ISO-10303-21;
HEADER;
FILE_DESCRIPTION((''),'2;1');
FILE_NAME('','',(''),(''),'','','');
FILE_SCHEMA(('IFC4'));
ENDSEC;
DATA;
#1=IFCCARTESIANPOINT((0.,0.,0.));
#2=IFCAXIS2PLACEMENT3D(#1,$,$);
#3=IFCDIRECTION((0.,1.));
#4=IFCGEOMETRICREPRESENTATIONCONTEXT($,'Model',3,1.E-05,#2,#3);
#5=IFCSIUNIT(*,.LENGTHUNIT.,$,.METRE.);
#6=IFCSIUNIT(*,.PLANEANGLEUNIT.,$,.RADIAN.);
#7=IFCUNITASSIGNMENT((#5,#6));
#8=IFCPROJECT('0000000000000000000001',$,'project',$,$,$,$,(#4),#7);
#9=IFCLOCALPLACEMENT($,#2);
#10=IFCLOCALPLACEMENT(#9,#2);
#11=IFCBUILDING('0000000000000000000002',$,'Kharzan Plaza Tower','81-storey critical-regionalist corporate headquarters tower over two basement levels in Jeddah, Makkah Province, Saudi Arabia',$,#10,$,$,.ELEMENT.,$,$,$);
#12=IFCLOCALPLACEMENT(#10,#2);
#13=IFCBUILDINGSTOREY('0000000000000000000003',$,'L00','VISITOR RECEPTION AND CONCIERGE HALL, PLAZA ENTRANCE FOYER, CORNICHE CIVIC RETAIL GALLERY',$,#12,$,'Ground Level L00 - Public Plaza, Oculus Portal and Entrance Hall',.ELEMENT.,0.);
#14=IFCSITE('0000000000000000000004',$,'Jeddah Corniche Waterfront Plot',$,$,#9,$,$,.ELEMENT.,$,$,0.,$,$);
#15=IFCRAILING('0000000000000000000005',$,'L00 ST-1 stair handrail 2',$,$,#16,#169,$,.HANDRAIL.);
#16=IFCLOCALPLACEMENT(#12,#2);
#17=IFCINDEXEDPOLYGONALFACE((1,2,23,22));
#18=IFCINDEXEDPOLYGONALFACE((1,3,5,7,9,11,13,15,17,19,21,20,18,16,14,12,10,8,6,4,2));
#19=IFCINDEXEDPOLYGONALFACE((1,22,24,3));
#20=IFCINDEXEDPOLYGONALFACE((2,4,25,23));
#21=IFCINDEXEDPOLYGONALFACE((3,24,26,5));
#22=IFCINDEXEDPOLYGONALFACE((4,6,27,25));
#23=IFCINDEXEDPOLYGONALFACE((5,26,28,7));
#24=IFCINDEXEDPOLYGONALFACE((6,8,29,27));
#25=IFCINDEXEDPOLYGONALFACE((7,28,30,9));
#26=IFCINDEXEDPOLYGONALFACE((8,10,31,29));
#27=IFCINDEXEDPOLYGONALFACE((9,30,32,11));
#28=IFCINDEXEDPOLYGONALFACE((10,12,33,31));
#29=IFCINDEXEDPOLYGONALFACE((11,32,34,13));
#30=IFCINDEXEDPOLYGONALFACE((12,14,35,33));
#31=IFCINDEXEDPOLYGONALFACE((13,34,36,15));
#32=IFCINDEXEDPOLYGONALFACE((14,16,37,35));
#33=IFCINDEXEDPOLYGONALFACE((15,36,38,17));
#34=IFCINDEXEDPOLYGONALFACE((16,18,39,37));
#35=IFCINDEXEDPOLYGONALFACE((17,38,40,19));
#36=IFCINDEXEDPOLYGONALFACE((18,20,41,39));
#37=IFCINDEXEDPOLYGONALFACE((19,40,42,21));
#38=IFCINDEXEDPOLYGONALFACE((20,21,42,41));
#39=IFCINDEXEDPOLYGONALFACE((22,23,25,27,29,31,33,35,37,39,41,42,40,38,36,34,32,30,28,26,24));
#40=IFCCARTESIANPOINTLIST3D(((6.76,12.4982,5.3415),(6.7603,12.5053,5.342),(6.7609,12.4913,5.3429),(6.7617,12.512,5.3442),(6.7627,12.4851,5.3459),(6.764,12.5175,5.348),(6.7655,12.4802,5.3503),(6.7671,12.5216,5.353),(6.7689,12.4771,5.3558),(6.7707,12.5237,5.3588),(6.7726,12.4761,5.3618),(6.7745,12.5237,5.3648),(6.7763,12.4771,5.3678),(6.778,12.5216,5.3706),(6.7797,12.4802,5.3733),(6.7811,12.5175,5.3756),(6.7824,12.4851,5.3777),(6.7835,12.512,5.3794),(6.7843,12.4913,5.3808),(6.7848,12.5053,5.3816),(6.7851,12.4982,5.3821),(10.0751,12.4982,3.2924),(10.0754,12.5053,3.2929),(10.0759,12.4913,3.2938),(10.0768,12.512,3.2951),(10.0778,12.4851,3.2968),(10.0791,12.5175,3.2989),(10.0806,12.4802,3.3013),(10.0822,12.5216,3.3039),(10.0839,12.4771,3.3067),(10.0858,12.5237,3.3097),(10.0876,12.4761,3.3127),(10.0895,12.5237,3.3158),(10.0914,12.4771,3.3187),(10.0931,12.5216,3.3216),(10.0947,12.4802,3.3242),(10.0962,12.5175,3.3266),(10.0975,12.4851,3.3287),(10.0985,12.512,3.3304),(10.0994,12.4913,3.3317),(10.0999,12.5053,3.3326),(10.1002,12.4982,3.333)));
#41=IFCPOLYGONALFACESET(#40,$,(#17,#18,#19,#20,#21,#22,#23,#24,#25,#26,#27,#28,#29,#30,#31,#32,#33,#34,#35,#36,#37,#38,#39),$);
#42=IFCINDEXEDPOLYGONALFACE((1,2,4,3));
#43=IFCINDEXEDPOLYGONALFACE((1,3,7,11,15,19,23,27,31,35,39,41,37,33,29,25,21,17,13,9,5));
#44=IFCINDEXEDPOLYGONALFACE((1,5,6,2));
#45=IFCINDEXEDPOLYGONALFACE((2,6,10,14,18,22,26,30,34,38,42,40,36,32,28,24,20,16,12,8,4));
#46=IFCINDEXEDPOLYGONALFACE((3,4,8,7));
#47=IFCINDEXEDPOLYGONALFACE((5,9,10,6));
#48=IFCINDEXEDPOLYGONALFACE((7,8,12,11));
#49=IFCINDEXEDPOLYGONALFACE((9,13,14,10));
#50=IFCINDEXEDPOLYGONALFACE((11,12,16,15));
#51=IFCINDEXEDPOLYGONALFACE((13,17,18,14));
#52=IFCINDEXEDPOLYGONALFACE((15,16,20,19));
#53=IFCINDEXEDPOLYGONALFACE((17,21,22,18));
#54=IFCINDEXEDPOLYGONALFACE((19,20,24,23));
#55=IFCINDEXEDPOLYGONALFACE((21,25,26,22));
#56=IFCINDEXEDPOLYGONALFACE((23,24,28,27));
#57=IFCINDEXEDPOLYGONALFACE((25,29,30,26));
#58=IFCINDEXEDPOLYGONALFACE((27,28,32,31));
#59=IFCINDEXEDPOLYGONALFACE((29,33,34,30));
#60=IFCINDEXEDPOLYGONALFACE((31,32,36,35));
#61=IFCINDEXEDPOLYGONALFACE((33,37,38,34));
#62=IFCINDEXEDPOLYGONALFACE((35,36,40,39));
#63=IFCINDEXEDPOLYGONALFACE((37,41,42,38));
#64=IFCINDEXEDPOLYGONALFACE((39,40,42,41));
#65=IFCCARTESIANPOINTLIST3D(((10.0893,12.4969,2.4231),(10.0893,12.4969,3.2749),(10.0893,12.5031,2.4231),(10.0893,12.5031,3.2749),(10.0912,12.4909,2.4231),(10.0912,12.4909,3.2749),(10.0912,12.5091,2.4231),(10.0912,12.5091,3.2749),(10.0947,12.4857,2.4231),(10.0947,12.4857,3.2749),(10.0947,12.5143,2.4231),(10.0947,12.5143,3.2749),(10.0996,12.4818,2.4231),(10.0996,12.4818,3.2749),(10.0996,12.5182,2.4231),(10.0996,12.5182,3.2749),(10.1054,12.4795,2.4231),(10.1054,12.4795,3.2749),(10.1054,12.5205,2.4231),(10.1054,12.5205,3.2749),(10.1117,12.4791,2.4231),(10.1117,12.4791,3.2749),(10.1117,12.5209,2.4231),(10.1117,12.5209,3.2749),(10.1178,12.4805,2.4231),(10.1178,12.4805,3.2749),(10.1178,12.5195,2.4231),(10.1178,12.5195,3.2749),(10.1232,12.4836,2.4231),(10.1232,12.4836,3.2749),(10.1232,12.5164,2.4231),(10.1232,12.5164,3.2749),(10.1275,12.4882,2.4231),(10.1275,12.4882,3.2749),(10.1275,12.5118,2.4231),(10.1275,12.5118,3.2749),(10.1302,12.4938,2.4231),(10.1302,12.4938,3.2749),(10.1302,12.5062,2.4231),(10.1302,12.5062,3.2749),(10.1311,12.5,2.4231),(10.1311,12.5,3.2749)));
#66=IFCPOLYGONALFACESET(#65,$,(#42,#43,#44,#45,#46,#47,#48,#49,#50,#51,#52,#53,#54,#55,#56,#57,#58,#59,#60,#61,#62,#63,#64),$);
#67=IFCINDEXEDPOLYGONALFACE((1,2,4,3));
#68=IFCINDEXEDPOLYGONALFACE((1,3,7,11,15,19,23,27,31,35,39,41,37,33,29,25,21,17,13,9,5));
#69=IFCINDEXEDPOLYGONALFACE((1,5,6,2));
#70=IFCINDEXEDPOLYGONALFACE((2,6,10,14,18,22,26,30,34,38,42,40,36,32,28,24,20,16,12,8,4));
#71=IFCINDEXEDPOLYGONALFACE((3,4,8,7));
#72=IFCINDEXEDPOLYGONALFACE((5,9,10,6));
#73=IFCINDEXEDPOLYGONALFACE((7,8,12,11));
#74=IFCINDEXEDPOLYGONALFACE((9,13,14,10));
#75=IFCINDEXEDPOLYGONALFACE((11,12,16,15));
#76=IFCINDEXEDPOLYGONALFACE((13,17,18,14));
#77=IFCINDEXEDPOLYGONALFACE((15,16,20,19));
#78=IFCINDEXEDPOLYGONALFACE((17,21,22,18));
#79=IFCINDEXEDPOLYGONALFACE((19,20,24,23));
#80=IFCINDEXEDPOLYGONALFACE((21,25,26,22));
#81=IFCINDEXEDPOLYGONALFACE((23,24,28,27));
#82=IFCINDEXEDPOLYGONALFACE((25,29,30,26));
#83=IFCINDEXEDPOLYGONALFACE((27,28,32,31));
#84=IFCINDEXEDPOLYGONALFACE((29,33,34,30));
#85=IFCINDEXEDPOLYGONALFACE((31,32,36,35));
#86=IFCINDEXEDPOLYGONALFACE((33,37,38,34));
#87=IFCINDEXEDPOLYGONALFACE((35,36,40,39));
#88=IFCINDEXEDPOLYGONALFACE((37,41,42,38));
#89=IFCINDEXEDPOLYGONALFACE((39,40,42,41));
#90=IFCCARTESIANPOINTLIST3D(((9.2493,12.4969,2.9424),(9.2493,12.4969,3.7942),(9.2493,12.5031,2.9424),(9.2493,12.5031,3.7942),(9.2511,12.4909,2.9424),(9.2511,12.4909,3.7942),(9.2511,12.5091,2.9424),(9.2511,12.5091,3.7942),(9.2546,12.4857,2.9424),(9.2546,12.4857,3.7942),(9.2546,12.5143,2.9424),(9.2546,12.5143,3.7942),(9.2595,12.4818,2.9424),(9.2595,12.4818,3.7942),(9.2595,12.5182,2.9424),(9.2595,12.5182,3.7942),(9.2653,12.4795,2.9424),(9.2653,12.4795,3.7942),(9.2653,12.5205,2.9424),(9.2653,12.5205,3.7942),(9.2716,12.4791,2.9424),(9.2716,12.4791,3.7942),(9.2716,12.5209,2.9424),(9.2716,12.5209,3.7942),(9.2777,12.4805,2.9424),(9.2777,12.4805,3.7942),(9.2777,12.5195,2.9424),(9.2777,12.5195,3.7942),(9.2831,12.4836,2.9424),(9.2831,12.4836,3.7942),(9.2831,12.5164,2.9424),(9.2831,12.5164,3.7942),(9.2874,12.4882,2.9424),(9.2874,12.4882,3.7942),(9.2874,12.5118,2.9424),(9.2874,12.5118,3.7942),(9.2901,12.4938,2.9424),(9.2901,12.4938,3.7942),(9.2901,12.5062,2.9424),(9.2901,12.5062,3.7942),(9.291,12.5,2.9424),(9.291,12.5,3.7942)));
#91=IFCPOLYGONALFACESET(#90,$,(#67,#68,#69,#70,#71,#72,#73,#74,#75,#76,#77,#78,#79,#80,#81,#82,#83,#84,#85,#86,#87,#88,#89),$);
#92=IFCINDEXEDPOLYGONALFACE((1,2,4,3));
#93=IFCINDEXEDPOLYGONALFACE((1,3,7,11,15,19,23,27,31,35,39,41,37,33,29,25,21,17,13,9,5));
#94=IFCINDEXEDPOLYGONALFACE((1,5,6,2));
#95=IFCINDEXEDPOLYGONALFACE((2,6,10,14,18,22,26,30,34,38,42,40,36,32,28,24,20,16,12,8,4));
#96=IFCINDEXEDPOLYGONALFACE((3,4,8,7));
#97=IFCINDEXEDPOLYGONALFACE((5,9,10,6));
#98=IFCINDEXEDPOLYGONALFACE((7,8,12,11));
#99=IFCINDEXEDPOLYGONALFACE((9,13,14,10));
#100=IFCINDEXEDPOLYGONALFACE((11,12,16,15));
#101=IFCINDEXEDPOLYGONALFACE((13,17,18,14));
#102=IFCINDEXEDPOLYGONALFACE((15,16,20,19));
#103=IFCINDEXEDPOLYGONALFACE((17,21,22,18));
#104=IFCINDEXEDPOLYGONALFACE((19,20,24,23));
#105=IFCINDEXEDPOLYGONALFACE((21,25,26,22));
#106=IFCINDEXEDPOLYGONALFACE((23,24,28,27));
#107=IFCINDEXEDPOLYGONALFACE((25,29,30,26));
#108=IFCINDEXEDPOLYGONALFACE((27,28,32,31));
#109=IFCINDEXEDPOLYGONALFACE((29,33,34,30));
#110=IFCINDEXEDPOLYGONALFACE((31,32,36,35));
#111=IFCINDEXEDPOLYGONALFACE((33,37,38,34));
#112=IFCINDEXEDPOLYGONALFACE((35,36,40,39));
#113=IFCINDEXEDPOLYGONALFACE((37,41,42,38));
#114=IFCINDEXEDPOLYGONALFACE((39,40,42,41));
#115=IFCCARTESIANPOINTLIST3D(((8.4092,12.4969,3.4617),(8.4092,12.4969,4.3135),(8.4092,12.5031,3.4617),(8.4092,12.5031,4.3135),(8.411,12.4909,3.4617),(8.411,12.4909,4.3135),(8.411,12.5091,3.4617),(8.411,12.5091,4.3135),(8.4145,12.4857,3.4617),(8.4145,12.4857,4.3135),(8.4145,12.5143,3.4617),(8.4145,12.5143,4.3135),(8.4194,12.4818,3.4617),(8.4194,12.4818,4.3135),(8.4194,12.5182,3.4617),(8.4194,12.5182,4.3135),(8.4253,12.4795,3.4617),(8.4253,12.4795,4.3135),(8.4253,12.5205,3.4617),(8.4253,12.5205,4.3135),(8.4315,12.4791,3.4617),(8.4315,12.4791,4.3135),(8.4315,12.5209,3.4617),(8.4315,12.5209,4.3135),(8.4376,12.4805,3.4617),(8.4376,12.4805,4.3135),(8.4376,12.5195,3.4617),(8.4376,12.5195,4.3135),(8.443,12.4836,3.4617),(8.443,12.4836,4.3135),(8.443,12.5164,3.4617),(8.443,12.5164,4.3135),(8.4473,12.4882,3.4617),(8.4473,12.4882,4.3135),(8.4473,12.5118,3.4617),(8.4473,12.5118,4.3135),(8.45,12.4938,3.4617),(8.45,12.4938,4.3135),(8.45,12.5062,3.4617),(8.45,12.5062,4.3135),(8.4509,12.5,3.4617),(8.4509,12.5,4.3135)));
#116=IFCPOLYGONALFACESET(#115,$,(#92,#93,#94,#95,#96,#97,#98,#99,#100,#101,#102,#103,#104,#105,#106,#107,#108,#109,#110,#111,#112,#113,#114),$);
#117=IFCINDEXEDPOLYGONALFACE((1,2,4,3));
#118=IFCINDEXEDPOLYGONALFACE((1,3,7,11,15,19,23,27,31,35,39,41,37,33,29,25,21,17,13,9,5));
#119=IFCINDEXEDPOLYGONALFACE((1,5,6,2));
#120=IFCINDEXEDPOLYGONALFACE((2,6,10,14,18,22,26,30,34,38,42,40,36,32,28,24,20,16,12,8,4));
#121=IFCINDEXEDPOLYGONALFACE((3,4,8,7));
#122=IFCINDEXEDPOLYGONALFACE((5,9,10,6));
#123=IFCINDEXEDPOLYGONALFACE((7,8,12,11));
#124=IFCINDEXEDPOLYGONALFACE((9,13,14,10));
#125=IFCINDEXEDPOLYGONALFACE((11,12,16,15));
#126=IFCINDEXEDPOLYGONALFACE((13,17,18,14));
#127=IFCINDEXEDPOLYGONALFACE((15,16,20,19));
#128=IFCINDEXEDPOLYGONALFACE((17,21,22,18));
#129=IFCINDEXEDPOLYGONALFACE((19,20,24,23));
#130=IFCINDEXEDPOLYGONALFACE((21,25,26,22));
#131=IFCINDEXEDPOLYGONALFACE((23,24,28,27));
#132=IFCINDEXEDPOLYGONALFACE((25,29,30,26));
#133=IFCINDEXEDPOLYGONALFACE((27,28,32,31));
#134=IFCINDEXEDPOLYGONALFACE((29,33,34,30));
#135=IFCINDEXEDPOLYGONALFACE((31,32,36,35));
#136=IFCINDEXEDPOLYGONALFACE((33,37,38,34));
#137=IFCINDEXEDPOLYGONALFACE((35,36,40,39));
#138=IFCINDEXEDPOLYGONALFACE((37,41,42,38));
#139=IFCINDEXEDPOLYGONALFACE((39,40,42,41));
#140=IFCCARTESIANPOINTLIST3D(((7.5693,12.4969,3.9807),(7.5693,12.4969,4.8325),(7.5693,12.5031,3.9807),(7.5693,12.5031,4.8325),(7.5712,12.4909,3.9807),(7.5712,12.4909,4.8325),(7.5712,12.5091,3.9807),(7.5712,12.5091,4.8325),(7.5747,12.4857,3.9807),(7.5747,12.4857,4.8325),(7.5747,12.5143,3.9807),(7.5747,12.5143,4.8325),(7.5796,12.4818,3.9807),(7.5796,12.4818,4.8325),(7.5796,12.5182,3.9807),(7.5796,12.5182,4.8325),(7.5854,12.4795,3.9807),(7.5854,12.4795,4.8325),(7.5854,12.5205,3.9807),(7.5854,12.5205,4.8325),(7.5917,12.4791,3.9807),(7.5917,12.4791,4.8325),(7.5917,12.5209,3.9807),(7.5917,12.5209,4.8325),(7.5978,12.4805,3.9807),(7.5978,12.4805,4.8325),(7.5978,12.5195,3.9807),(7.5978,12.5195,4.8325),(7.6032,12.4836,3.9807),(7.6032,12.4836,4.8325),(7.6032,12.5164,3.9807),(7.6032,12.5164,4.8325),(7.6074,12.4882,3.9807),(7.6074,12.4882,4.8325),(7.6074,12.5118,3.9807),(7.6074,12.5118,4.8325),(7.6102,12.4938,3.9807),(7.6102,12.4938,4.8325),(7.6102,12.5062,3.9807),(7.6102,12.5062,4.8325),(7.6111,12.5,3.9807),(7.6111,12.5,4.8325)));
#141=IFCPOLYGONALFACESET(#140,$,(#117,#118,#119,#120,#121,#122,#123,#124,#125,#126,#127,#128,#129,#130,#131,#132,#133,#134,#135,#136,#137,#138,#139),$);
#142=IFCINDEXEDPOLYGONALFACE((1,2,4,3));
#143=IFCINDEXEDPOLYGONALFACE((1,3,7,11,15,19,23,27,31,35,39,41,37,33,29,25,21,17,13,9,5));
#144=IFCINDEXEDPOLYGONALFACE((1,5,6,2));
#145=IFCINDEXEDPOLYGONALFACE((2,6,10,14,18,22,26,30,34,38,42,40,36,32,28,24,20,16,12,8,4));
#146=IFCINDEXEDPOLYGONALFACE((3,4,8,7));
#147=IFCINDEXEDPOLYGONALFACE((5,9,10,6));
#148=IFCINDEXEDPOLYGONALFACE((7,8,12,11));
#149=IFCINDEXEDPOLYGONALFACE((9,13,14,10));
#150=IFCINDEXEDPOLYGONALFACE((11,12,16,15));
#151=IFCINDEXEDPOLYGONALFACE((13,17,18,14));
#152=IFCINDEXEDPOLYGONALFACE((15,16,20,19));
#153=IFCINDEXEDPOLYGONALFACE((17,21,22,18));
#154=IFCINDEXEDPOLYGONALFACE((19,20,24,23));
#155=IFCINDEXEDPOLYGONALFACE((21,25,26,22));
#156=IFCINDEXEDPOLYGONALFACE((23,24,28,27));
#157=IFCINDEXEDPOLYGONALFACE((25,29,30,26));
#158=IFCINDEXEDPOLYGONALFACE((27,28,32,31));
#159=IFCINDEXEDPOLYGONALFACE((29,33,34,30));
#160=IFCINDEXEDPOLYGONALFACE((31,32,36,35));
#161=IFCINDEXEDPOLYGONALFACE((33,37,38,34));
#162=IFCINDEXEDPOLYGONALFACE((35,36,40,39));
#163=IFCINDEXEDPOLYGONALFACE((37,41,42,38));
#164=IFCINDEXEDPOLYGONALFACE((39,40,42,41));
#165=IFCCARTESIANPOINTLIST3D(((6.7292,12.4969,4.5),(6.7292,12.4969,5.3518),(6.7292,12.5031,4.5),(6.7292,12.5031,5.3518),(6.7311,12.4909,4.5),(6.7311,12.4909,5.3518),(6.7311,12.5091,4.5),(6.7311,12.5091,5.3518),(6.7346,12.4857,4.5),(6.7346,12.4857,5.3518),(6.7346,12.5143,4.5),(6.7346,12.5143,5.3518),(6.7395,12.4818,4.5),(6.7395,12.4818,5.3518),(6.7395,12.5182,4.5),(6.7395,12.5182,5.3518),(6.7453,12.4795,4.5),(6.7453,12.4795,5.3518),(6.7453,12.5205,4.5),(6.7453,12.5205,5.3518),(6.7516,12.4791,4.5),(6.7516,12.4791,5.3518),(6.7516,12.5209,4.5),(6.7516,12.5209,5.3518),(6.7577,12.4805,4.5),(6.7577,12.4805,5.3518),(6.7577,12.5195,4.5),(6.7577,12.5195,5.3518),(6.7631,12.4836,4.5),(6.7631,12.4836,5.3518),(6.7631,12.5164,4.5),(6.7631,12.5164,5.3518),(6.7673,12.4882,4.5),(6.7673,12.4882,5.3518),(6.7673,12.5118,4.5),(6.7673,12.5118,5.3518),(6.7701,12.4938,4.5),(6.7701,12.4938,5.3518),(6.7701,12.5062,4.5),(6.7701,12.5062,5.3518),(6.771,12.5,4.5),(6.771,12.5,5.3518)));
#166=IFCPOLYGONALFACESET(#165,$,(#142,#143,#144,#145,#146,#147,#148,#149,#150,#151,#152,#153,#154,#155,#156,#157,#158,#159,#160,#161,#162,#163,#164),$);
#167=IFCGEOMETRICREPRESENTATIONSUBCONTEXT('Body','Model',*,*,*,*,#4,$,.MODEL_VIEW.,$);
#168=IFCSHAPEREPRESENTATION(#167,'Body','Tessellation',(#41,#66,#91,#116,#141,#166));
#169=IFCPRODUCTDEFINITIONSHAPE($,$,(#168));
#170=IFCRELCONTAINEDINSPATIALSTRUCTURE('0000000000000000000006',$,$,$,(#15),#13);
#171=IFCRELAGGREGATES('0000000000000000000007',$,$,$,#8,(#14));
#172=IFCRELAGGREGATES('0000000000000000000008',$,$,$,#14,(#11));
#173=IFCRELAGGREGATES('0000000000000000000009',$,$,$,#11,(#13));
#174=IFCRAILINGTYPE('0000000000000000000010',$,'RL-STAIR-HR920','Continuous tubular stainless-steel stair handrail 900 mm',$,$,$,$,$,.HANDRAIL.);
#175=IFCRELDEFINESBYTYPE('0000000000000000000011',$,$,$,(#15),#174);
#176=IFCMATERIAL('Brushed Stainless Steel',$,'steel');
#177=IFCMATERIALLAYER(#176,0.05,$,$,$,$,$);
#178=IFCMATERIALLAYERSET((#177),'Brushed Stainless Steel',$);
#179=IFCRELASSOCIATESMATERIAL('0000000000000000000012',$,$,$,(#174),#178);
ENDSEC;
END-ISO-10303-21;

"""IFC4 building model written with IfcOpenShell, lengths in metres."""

from ifc_helpers import new_model, si_unit, direction, frame, origin, origin_2d, place, context, subcontext, project, spatial, circle, extrude, source, transform, mapped, material, layer, layer_set, type_object, element, save


model = new_model("IFC4")

# Units and contexts
model_context = context("Model", 3, precision=1e-05, world=origin(), true_north=direction((0.0, 1.0)))
body_context = subcontext(model_context, "Body", "Model", "MODEL_VIEW")
ifc_project = project(units=[si_unit("LENGTHUNIT", "METRE"), si_unit("PLANEANGLEUNIT", "RADIAN")], contexts=[model_context])

# Site, building, storey
site_placement = place(None, origin())
site = spatial("IfcSite", under=ifc_project, at=site_placement, Name="Jeddah Corniche Waterfront Plot", CompositionType="ELEMENT", RefElevation=0.0)
building_placement = place(site_placement, origin())
building = spatial("IfcBuilding", under=site, at=building_placement, Name="Kharzan Plaza Tower", Description="81-storey critical-regionalist corporate headquarters tower over two basement levels in Jeddah, Makkah Province, Saudi Arabia", CompositionType="ELEMENT")
storey_placement = place(building_placement, origin())
storey = spatial("IfcBuildingStorey", under=building, at=storey_placement, Name="L00", Description="VISITOR RECEPTION AND CONCIERGE HALL, PLAZA ENTRANCE FOYER, CORNICHE CIVIC RETAIL GALLERY", LongName="Ground Level L00 - Public Plaza, Oculus Portal and Entrance Hall", CompositionType="ELEMENT", Elevation=0.0)

# Railing
ifc_material_1 = material(Name="Brushed Stainless Steel", Category="steel")
ifc_layer_1 = layer(ifc_material_1, 0.05)
ifc_layer_set_1 = layer_set([ifc_layer_1], Name="Brushed Stainless Steel")
railing_type_1 = type_object("IfcRailingType", Name="RL-STAIR-HR920", Description="Continuous tubular stainless-steel stair handrail 900 mm", PredefinedType="HANDRAIL", material=ifc_layer_set_1)
shared_shape_1 = source(origin(), body_context, "Body", "SweptSolid", [
    extrude(circle(Radius=0.0239, at=origin_2d()), frame((-0.0225, 0.0, 0.8896), z_axis=(-0.850623, 0.0, 0.525776), x_axis=(0.0, -1.0, 0.0)), (0.0, 0.0, 1.0), 3.8972),
    extrude(circle(Radius=0.021, at=origin_2d()), origin(), (0.0, 0.0, 1.0), 0.8518),
    extrude(circle(Radius=0.021, at=origin_2d()), frame((-0.8401, 0.0, 0.5193)), (0.0, 0.0, 1.0), 0.8518),
    extrude(circle(Radius=0.021, at=origin_2d()), frame((-1.6802, 0.0, 1.0386)), (0.0, 0.0, 1.0), 0.8518),
    extrude(circle(Radius=0.021, at=origin_2d()), frame((-2.52, 0.0, 1.5576)), (0.0, 0.0, 1.0), 0.8518),
    extrude(circle(Radius=0.021, at=origin_2d()), frame((-3.3601, 0.0, 2.0769)), (0.0, 0.0, 1.0), 0.8518),
])
railing_1_placement = place(storey_placement, frame((10.1101, 12.5, 2.4231)))
element("IfcRailing", 1, at=railing_1_placement, inside=storey, type_object=railing_type_1, Name="L00 ST-1 stair handrail 2", PredefinedType="HANDRAIL", context=body_context, shape_type="MappedRepresentation", body=[
    mapped(shared_shape_1, transform((0.0, 0.0, 0.0), x_axis=(1.0, 0.0, 0.0), y_axis=(0.0, 1.0, 0.0), z_axis=(0.0, 0.0, 1.0))),
])

save(model, "model.ifc")
